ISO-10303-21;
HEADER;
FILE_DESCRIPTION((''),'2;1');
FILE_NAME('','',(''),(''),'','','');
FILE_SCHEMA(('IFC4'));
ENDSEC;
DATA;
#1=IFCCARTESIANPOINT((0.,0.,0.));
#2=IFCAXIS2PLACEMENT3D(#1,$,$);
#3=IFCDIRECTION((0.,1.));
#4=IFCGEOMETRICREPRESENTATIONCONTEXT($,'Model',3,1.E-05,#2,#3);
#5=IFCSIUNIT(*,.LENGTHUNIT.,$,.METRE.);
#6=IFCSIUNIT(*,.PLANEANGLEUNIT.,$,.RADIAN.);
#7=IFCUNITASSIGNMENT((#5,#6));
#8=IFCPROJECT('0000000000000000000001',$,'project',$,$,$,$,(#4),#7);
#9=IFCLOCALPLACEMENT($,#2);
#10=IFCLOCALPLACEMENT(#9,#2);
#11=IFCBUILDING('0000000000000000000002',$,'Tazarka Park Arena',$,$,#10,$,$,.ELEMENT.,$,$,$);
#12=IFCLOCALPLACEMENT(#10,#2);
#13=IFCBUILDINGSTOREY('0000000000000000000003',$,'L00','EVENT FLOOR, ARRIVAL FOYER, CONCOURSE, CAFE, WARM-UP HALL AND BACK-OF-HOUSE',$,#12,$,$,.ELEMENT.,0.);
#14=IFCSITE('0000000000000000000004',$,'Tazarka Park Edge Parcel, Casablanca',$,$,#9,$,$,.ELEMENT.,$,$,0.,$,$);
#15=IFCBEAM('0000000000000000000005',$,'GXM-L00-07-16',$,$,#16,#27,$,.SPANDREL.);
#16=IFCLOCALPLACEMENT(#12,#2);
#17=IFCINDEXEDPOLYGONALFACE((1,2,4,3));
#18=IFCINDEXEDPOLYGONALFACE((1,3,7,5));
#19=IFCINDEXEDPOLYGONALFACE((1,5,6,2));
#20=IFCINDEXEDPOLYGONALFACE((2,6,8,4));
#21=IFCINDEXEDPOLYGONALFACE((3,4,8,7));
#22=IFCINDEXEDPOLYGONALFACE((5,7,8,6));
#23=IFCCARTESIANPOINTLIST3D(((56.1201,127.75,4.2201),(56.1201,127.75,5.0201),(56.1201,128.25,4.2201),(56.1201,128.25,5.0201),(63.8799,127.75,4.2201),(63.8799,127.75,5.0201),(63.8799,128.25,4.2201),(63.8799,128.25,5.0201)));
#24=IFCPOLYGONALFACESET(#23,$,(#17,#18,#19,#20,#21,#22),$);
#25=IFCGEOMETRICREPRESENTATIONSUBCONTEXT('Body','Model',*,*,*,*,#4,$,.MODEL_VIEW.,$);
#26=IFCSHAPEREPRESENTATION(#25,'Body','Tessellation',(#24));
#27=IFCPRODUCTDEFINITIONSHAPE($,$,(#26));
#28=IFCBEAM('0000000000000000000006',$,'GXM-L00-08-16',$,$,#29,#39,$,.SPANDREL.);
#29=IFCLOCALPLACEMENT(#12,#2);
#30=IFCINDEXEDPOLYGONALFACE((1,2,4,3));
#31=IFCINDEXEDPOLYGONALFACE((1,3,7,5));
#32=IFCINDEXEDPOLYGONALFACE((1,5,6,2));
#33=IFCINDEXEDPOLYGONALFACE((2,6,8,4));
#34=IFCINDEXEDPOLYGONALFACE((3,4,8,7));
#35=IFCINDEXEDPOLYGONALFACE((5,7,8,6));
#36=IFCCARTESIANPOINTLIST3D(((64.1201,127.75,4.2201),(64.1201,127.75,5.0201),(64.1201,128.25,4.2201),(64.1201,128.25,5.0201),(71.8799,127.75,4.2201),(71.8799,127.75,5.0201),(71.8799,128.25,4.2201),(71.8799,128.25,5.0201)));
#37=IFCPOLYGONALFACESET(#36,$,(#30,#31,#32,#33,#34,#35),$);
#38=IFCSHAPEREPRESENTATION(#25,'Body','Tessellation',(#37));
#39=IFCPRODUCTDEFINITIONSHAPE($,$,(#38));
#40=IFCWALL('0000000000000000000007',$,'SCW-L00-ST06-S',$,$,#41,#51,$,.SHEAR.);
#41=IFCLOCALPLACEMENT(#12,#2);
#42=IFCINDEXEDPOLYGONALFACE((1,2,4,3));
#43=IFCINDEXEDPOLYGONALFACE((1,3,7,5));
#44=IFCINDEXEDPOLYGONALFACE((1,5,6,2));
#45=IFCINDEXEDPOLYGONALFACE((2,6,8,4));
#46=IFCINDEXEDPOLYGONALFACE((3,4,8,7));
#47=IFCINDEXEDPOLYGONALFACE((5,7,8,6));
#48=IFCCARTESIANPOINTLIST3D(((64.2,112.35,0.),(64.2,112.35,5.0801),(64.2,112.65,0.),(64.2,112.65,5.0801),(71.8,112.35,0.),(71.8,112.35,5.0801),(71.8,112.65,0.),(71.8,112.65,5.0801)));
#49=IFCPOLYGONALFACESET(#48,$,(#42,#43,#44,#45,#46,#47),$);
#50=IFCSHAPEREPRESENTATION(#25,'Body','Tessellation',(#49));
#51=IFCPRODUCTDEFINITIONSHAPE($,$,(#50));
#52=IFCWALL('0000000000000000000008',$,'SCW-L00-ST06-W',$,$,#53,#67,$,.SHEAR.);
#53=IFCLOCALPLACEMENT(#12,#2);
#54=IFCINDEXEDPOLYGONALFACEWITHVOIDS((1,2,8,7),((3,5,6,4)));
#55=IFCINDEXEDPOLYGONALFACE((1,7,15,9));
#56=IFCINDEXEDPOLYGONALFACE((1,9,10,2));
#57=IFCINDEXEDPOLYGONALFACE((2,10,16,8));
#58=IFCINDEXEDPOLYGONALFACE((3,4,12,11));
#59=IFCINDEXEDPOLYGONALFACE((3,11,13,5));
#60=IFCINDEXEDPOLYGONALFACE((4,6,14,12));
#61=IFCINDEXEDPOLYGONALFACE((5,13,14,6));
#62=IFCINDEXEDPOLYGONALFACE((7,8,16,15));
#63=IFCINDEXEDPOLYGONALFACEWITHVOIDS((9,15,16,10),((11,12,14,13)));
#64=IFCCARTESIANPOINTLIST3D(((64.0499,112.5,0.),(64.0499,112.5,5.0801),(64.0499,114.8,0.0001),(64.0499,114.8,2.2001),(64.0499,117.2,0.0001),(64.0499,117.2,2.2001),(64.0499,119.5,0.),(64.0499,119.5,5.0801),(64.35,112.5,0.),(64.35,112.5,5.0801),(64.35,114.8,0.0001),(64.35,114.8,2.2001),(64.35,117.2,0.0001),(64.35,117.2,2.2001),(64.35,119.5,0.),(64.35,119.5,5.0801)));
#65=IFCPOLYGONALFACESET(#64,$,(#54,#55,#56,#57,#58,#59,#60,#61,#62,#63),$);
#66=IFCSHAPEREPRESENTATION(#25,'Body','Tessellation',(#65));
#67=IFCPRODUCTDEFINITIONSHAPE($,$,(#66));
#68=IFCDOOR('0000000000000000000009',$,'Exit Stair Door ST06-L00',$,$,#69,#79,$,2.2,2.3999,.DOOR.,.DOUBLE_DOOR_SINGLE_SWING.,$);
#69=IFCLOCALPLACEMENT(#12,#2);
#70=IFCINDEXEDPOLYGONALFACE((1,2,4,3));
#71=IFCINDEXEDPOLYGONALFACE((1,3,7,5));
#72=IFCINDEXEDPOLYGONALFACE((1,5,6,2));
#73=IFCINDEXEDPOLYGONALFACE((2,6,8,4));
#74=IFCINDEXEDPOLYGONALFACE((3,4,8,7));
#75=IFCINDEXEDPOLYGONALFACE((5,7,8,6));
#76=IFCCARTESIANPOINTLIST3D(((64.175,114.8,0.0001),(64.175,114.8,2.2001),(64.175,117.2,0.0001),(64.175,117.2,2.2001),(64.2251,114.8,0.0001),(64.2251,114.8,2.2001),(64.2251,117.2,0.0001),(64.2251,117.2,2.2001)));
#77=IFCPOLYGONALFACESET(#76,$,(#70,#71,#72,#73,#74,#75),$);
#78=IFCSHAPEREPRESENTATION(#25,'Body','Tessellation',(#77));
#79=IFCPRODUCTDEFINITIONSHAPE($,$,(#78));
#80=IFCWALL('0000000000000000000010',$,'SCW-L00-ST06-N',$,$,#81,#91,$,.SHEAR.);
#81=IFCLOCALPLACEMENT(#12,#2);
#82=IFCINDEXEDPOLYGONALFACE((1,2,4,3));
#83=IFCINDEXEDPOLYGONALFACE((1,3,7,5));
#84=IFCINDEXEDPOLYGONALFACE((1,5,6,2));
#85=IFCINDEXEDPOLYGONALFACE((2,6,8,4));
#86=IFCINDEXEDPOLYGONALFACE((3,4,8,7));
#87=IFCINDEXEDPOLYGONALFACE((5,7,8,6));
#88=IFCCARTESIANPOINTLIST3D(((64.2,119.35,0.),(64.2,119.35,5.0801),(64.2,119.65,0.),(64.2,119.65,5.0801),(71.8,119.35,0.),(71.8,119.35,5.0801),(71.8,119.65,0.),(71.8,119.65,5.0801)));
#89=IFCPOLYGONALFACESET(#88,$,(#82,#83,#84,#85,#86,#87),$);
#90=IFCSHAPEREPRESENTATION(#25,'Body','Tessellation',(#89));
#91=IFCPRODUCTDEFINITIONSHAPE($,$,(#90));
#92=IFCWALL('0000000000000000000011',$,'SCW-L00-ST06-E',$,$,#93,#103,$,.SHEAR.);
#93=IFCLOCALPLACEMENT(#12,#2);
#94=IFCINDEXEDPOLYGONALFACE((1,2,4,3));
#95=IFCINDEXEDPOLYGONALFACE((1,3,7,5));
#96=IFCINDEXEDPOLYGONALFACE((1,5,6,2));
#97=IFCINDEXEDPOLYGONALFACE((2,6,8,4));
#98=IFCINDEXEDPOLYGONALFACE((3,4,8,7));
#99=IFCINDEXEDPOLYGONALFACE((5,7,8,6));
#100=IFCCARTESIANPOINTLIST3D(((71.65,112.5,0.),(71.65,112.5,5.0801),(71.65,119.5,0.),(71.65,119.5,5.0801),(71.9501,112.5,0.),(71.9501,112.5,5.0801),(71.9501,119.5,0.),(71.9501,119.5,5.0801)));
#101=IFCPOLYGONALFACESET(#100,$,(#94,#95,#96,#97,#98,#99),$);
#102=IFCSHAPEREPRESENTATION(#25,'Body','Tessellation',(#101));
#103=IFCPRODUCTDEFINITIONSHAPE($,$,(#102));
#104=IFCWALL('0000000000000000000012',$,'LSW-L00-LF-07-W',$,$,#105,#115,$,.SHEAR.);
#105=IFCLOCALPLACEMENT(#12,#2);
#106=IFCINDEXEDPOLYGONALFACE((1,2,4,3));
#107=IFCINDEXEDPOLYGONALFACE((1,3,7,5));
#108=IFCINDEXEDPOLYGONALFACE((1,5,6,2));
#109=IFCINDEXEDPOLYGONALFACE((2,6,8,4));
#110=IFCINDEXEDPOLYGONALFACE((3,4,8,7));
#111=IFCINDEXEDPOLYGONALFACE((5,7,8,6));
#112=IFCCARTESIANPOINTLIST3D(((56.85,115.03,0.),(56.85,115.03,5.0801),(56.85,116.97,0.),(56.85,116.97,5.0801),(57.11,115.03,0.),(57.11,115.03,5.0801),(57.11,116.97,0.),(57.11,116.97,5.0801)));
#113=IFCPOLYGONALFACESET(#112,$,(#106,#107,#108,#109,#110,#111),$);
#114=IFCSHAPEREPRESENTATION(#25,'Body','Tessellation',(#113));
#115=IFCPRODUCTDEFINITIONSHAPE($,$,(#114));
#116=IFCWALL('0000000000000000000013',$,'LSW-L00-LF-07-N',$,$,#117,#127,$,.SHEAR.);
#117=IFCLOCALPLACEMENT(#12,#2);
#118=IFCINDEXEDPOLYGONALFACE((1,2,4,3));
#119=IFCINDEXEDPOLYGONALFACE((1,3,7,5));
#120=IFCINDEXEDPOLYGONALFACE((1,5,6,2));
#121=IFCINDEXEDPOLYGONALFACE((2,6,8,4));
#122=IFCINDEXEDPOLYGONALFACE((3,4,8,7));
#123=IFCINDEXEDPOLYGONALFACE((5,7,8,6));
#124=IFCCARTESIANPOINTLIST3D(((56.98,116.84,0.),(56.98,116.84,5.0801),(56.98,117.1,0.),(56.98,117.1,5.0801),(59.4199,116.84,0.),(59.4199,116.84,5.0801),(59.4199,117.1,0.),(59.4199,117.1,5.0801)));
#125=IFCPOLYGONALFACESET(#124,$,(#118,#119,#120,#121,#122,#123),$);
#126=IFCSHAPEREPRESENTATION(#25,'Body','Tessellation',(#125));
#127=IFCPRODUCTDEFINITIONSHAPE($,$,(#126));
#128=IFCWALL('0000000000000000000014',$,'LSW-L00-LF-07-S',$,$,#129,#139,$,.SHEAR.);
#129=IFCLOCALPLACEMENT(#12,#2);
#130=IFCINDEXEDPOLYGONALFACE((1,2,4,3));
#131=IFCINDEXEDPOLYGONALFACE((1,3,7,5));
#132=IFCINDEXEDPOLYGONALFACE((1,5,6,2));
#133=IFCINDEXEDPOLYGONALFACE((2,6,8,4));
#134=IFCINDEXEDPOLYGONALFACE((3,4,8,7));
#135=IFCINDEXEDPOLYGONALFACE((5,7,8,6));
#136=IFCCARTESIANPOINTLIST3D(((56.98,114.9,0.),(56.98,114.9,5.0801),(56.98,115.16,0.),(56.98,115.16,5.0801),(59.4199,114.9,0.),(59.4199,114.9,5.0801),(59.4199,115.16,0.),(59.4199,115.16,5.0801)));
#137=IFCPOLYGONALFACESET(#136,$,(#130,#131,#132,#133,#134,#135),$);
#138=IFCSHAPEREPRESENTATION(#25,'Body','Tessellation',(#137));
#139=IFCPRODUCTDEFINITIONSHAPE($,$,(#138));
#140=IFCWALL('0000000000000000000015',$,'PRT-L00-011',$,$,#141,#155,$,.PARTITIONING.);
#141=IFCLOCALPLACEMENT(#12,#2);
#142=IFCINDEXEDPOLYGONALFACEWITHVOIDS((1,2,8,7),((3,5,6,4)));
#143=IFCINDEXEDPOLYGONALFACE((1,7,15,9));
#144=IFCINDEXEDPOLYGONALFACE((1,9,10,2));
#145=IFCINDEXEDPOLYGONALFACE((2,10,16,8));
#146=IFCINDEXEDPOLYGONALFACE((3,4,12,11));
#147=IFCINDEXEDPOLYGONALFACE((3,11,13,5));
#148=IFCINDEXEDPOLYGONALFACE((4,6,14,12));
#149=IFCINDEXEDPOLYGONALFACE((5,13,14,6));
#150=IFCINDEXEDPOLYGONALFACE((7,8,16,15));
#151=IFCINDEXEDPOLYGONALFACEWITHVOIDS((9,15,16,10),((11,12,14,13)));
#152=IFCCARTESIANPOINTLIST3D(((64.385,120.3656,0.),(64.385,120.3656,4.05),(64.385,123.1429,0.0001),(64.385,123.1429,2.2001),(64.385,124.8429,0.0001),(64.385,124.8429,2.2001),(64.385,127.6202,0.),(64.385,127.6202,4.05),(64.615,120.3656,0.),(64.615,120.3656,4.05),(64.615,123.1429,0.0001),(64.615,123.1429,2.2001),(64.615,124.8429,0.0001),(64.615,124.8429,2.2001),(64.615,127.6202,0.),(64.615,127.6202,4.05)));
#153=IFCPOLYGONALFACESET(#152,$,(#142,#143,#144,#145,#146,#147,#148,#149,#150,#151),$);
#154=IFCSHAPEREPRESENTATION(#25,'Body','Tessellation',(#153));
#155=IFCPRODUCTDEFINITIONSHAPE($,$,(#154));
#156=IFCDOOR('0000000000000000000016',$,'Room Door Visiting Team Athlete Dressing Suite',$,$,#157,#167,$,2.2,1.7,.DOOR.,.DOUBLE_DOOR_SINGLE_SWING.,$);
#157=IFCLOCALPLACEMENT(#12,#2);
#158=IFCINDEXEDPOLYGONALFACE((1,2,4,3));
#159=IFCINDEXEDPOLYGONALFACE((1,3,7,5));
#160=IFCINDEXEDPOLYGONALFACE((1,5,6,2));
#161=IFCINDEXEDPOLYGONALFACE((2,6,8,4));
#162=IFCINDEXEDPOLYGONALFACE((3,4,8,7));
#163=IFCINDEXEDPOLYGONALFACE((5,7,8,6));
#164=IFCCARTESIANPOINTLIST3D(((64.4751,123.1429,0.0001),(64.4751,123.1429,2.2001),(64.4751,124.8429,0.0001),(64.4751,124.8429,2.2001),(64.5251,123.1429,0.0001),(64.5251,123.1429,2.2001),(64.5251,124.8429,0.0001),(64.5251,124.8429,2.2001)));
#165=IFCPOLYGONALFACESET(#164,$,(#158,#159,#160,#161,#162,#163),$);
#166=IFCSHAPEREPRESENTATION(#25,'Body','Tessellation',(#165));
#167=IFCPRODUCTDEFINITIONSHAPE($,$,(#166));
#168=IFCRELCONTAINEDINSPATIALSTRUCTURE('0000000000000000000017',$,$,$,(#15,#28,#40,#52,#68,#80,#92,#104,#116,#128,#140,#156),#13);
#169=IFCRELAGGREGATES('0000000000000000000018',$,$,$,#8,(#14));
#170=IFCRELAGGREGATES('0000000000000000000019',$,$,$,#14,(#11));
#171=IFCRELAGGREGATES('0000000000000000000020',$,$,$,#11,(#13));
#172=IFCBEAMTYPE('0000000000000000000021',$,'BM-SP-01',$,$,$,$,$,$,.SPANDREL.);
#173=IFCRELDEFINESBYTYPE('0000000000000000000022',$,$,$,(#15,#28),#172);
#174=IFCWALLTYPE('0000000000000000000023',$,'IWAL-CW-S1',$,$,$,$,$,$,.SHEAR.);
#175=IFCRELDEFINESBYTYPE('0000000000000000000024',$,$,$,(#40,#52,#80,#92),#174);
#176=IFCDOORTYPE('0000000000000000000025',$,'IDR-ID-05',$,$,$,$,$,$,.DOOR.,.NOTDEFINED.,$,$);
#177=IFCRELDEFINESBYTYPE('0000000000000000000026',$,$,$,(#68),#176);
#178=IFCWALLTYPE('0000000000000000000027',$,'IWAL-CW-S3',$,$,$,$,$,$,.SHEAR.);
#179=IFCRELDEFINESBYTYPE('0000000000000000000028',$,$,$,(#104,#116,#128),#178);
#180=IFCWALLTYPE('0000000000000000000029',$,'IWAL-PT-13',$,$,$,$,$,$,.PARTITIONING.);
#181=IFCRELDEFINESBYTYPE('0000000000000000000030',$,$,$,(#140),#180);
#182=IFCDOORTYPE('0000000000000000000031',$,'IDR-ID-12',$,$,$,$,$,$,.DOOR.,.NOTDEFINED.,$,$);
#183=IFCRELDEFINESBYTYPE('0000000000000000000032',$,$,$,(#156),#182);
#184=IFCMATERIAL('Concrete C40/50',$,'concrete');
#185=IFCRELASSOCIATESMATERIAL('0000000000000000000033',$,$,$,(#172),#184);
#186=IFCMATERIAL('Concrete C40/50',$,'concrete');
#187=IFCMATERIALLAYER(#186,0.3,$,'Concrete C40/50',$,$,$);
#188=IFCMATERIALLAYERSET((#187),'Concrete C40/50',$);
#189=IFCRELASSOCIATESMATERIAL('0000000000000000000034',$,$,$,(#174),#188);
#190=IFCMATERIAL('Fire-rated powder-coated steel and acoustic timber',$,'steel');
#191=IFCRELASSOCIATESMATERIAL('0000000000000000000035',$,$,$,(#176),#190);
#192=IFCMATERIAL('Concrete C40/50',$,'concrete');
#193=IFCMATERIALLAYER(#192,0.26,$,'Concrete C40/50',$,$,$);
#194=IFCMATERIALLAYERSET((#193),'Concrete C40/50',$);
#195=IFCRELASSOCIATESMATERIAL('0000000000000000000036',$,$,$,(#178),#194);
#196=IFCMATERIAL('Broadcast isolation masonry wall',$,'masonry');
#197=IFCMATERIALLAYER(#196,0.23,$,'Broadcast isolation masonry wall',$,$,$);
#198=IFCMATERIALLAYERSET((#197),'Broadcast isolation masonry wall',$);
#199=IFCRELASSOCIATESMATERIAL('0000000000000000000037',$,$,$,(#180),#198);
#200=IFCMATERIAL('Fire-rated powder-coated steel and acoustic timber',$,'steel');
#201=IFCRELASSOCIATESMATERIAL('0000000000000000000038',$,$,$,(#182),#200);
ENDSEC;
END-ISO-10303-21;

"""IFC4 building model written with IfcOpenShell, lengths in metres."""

from ifc_helpers import new_model, si_unit, direction, frame, frame_2d, origin, origin_2d, place, context, subcontext, project, spatial, rectangle, extrude, material, layer, layer_set, material_profile, profile_set, type_object, element, fill, save


model = new_model("IFC4")

# Units and contexts
model_context = context("Model", 3, precision=1e-05, world=origin(), true_north=direction((0.0, 1.0)))
body_context = subcontext(model_context, "Body", "Model", "MODEL_VIEW")
ifc_project = project(units=[si_unit("LENGTHUNIT", "METRE"), si_unit("PLANEANGLEUNIT", "RADIAN")], contexts=[model_context])

# Site, building, storey
site_placement = place(None, origin())
site = spatial("IfcSite", under=ifc_project, at=site_placement, Name="Tazarka Park Edge Parcel, Casablanca", CompositionType="ELEMENT", RefElevation=0.0)
building_placement = place(site_placement, origin())
building = spatial("IfcBuilding", under=site, at=building_placement, Name="Tazarka Park Arena", CompositionType="ELEMENT")
storey_placement = place(building_placement, origin())
storey = spatial("IfcBuildingStorey", under=building, at=storey_placement, Name="L00", Description="EVENT FLOOR, ARRIVAL FOYER, CONCOURSE, CAFE, WARM-UP HALL AND BACK-OF-HOUSE", CompositionType="ELEMENT", Elevation=0.0)

# Beams
ifc_material_1 = material(Name="Concrete C40/50", Category="concrete")
ifc_material_profile_1 = material_profile(ifc_material_1, rectangle(XDim=0.5, YDim=0.8, at=origin_2d()), Name="Concrete C40/50")
ifc_profile_set_1 = profile_set([ifc_material_profile_1], Name="Concrete C40/50")
beam_type_1 = type_object("IfcBeamType", Name="BM-SP-01", PredefinedType="SPANDREL", material=ifc_profile_set_1)
for number, where, z_axis, x_axis, name in (
    (1, (56.1201, 128.0, 4.6201), (1.0, 0.0, 0.0), (0.0, 1.0, 0.0), "GXM-L00-07-16"),
    (2, (64.1201, 128.0, 4.6201), (1.0, 0.0, 0.0), (0.0, 1.0, 0.0), "GXM-L00-08-16"),
):
    element("IfcBeam", number, at=place(storey_placement, frame(where, z_axis=z_axis, x_axis=x_axis)), inside=storey, type_object=beam_type_1, Name=name, PredefinedType="SPANDREL", context=body_context, shape_type="SweptSolid", body=[
        extrude(rectangle(XDim=0.5, YDim=0.8, at=origin_2d()), origin(), (0.0, 0.0, 1.0), 7.7598),
    ])

# Wall
ifc_material_2 = material(Name="Concrete C40/50", Category="concrete")
ifc_layer_1 = layer(ifc_material_2, 0.3, Name="Concrete C40/50")
ifc_layer_set_1 = layer_set([ifc_layer_1], Name="Concrete C40/50")
wall_type_1 = type_object("IfcWallType", Name="IWAL-CW-S1", PredefinedType="SHEAR", material=ifc_layer_set_1)
wall_1_placement = place(storey_placement, frame((71.8, 112.5, 0.0), z_axis=(0.0, 0.0, 1.0), x_axis=(-1.0, 0.0, 0.0)))
element("IfcWall", 3, at=wall_1_placement, inside=storey, type_object=wall_type_1, Name="SCW-L00-ST06-S", PredefinedType="SHEAR", context=body_context, shape_type="SweptSolid", body=[
    extrude(rectangle(XDim=7.6001, YDim=0.3, at=frame_2d((3.8, 0.0))), origin(), (0.0, 0.0, 1.0), 5.0801),
])

# Wall, opening, door
wall_2_placement = place(storey_placement, frame((64.2, 112.5, 0.0), z_axis=(0.0, 0.0, 1.0), x_axis=(0.0, 1.0, 0.0)))
wall_2 = element("IfcWall", 4, at=wall_2_placement, inside=storey, type_object=wall_type_1, Name="SCW-L00-ST06-W", PredefinedType="SHEAR", context=body_context, shape_type="SweptSolid", body=[
    extrude(rectangle(XDim=7.0, YDim=0.3, at=frame_2d((3.5, 0.0))), origin(), (0.0, 0.0, 1.0), 5.0801),
])
opening_1_placement = place(wall_2_placement, frame((2.3, 0.0, 0.0)))
opening_1 = element("IfcOpeningElement", 5, at=opening_1_placement, cuts=wall_2, PredefinedType="OPENING", context=body_context, shape_type="SweptSolid", body=[
    extrude(rectangle(XDim=2.3999, YDim=2.2, at=frame_2d((1.2, 1.1001))), frame((0.0, 0.1602, 0.0), z_axis=(0.0, -1.0, 0.0), x_axis=(1.0, 0.0, 0.0)), (0.0, 0.0, 1.0), 0.3201),
])
ifc_material_3 = material(Name="Fire-rated powder-coated steel and acoustic timber", Category="steel")
door_type_1 = type_object("IfcDoorType", Name="IDR-ID-05", OperationType="NOTDEFINED", PredefinedType="DOOR", material=ifc_material_3)
door_1_placement = place(opening_1_placement, origin())
door_1 = element("IfcDoor", 6, at=door_1_placement, inside=storey, type_object=door_type_1, Name="Exit Stair Door ST06-L00", OperationType="DOUBLE_DOOR_SINGLE_SWING", OverallHeight=2.2, OverallWidth=2.3999, PredefinedType="DOOR", context=body_context, shape_type="SweptSolid", body=[
    extrude(rectangle(XDim=2.3999, YDim=2.2, at=frame_2d((1.2, 1.1001))), frame((0.0, 0.0249, 0.0), z_axis=(0.0, -1.0, 0.0), x_axis=(1.0, 0.0, 0.0)), (0.0, 0.0, 1.0), 0.05),
])
fill(opening_1, door_1)

# Walls
wall_3_placement = place(storey_placement, frame((64.2, 119.5, 0.0), z_axis=(0.0, 0.0, 1.0), x_axis=(1.0, 0.0, 0.0)))
element("IfcWall", 7, at=wall_3_placement, inside=storey, type_object=wall_type_1, Name="SCW-L00-ST06-N", PredefinedType="SHEAR", context=body_context, shape_type="SweptSolid", body=[
    extrude(rectangle(XDim=7.6001, YDim=0.3, at=frame_2d((3.8, 0.0))), origin(), (0.0, 0.0, 1.0), 5.0801),
])
wall_4_placement = place(storey_placement, frame((71.8, 119.5, 0.0), z_axis=(0.0, 0.0, 1.0), x_axis=(0.0, -1.0, 0.0)))
element("IfcWall", 8, at=wall_4_placement, inside=storey, type_object=wall_type_1, Name="SCW-L00-ST06-E", PredefinedType="SHEAR", context=body_context, shape_type="SweptSolid", body=[
    extrude(rectangle(XDim=7.0, YDim=0.3, at=frame_2d((3.5, 0.0))), origin(), (0.0, 0.0, 1.0), 5.0801),
])
ifc_material_4 = material(Name="Concrete C40/50", Category="concrete")
ifc_layer_2 = layer(ifc_material_4, 0.26, Name="Concrete C40/50")
ifc_layer_set_2 = layer_set([ifc_layer_2], Name="Concrete C40/50")
wall_type_2 = type_object("IfcWallType", Name="IWAL-CW-S3", PredefinedType="SHEAR", material=ifc_layer_set_2)
wall_5_placement = place(storey_placement, frame((56.98, 115.03, 0.0), z_axis=(0.0, 0.0, 1.0), x_axis=(0.0, 1.0, 0.0)))
element("IfcWall", 9, at=wall_5_placement, inside=storey, type_object=wall_type_2, Name="LSW-L00-LF-07-W", PredefinedType="SHEAR", context=body_context, shape_type="SweptSolid", body=[
    extrude(rectangle(XDim=1.9399, YDim=0.26, at=frame_2d((0.97, 0.0))), origin(), (0.0, 0.0, 1.0), 5.0801),
])
for number, where, z_axis, x_axis, name in (
    (10, (56.98, 116.97, 0.0), (0.0, 0.0, 1.0), (1.0, 0.0, 0.0), "LSW-L00-LF-07-N"),
    (11, (59.4199, 115.03, 0.0), (0.0, 0.0, 1.0), (-1.0, 0.0, 0.0), "LSW-L00-LF-07-S"),
):
    element("IfcWall", number, at=place(storey_placement, frame(where, z_axis=z_axis, x_axis=x_axis)), inside=storey, type_object=wall_type_2, Name=name, PredefinedType="SHEAR", context=body_context, shape_type="SweptSolid", body=[
        extrude(rectangle(XDim=2.4399, YDim=0.26, at=frame_2d((1.22, 0.0))), origin(), (0.0, 0.0, 1.0), 5.0801),
    ])

# Wall, opening, door
ifc_material_5 = material(Name="Broadcast isolation masonry wall", Category="masonry")
ifc_layer_3 = layer(ifc_material_5, 0.23, Name="Broadcast isolation masonry wall")
ifc_layer_set_3 = layer_set([ifc_layer_3], Name="Broadcast isolation masonry wall")
wall_type_3 = type_object("IfcWallType", Name="IWAL-PT-13", PredefinedType="PARTITIONING", material=ifc_layer_set_3)
wall_6_placement = place(storey_placement, frame((64.5, 120.3655, 0.0), z_axis=(0.0, 0.0, 1.0), x_axis=(0.0, 1.0, 0.0)))
wall_6 = element("IfcWall", 12, at=wall_6_placement, inside=storey, type_object=wall_type_3, Name="PRT-L00-011", PredefinedType="PARTITIONING", context=body_context, shape_type="SweptSolid", body=[
    extrude(rectangle(XDim=7.2546, YDim=0.23, at=frame_2d((3.6274, 0.0))), origin(), (0.0, 0.0, 1.0), 4.05),
])
opening_2_placement = place(wall_6_placement, frame((2.7773, 0.0, 0.0)))
opening_2 = element("IfcOpeningElement", 13, at=opening_2_placement, cuts=wall_6, PredefinedType="OPENING", context=body_context, shape_type="SweptSolid", body=[
    extrude(rectangle(XDim=1.7, YDim=2.2, at=frame_2d((0.8501, 1.1001))), frame((0.0, 0.125, 0.0), z_axis=(0.0, -1.0, 0.0), x_axis=(1.0, 0.0, 0.0)), (0.0, 0.0, 1.0), 0.25),
])
ifc_material_6 = material(Name="Fire-rated powder-coated steel and acoustic timber", Category="steel")
door_type_2 = type_object("IfcDoorType", Name="IDR-ID-12", OperationType="NOTDEFINED", PredefinedType="DOOR", material=ifc_material_6)
door_2_placement = place(opening_2_placement, origin())
door_2 = element("IfcDoor", 14, at=door_2_placement, inside=storey, type_object=door_type_2, Name="Room Door Visiting Team Athlete Dressing Suite", OperationType="DOUBLE_DOOR_SINGLE_SWING", OverallHeight=2.2, OverallWidth=1.7, PredefinedType="DOOR", context=body_context, shape_type="SweptSolid", body=[
    extrude(rectangle(XDim=1.7, YDim=2.2, at=frame_2d((0.8501, 1.1001))), frame((0.0, 0.0249, 0.0), z_axis=(0.0, -1.0, 0.0), x_axis=(1.0, 0.0, 0.0)), (0.0, 0.0, 1.0), 0.05),
])
fill(opening_2, door_2)

save(model, "model.ifc")
